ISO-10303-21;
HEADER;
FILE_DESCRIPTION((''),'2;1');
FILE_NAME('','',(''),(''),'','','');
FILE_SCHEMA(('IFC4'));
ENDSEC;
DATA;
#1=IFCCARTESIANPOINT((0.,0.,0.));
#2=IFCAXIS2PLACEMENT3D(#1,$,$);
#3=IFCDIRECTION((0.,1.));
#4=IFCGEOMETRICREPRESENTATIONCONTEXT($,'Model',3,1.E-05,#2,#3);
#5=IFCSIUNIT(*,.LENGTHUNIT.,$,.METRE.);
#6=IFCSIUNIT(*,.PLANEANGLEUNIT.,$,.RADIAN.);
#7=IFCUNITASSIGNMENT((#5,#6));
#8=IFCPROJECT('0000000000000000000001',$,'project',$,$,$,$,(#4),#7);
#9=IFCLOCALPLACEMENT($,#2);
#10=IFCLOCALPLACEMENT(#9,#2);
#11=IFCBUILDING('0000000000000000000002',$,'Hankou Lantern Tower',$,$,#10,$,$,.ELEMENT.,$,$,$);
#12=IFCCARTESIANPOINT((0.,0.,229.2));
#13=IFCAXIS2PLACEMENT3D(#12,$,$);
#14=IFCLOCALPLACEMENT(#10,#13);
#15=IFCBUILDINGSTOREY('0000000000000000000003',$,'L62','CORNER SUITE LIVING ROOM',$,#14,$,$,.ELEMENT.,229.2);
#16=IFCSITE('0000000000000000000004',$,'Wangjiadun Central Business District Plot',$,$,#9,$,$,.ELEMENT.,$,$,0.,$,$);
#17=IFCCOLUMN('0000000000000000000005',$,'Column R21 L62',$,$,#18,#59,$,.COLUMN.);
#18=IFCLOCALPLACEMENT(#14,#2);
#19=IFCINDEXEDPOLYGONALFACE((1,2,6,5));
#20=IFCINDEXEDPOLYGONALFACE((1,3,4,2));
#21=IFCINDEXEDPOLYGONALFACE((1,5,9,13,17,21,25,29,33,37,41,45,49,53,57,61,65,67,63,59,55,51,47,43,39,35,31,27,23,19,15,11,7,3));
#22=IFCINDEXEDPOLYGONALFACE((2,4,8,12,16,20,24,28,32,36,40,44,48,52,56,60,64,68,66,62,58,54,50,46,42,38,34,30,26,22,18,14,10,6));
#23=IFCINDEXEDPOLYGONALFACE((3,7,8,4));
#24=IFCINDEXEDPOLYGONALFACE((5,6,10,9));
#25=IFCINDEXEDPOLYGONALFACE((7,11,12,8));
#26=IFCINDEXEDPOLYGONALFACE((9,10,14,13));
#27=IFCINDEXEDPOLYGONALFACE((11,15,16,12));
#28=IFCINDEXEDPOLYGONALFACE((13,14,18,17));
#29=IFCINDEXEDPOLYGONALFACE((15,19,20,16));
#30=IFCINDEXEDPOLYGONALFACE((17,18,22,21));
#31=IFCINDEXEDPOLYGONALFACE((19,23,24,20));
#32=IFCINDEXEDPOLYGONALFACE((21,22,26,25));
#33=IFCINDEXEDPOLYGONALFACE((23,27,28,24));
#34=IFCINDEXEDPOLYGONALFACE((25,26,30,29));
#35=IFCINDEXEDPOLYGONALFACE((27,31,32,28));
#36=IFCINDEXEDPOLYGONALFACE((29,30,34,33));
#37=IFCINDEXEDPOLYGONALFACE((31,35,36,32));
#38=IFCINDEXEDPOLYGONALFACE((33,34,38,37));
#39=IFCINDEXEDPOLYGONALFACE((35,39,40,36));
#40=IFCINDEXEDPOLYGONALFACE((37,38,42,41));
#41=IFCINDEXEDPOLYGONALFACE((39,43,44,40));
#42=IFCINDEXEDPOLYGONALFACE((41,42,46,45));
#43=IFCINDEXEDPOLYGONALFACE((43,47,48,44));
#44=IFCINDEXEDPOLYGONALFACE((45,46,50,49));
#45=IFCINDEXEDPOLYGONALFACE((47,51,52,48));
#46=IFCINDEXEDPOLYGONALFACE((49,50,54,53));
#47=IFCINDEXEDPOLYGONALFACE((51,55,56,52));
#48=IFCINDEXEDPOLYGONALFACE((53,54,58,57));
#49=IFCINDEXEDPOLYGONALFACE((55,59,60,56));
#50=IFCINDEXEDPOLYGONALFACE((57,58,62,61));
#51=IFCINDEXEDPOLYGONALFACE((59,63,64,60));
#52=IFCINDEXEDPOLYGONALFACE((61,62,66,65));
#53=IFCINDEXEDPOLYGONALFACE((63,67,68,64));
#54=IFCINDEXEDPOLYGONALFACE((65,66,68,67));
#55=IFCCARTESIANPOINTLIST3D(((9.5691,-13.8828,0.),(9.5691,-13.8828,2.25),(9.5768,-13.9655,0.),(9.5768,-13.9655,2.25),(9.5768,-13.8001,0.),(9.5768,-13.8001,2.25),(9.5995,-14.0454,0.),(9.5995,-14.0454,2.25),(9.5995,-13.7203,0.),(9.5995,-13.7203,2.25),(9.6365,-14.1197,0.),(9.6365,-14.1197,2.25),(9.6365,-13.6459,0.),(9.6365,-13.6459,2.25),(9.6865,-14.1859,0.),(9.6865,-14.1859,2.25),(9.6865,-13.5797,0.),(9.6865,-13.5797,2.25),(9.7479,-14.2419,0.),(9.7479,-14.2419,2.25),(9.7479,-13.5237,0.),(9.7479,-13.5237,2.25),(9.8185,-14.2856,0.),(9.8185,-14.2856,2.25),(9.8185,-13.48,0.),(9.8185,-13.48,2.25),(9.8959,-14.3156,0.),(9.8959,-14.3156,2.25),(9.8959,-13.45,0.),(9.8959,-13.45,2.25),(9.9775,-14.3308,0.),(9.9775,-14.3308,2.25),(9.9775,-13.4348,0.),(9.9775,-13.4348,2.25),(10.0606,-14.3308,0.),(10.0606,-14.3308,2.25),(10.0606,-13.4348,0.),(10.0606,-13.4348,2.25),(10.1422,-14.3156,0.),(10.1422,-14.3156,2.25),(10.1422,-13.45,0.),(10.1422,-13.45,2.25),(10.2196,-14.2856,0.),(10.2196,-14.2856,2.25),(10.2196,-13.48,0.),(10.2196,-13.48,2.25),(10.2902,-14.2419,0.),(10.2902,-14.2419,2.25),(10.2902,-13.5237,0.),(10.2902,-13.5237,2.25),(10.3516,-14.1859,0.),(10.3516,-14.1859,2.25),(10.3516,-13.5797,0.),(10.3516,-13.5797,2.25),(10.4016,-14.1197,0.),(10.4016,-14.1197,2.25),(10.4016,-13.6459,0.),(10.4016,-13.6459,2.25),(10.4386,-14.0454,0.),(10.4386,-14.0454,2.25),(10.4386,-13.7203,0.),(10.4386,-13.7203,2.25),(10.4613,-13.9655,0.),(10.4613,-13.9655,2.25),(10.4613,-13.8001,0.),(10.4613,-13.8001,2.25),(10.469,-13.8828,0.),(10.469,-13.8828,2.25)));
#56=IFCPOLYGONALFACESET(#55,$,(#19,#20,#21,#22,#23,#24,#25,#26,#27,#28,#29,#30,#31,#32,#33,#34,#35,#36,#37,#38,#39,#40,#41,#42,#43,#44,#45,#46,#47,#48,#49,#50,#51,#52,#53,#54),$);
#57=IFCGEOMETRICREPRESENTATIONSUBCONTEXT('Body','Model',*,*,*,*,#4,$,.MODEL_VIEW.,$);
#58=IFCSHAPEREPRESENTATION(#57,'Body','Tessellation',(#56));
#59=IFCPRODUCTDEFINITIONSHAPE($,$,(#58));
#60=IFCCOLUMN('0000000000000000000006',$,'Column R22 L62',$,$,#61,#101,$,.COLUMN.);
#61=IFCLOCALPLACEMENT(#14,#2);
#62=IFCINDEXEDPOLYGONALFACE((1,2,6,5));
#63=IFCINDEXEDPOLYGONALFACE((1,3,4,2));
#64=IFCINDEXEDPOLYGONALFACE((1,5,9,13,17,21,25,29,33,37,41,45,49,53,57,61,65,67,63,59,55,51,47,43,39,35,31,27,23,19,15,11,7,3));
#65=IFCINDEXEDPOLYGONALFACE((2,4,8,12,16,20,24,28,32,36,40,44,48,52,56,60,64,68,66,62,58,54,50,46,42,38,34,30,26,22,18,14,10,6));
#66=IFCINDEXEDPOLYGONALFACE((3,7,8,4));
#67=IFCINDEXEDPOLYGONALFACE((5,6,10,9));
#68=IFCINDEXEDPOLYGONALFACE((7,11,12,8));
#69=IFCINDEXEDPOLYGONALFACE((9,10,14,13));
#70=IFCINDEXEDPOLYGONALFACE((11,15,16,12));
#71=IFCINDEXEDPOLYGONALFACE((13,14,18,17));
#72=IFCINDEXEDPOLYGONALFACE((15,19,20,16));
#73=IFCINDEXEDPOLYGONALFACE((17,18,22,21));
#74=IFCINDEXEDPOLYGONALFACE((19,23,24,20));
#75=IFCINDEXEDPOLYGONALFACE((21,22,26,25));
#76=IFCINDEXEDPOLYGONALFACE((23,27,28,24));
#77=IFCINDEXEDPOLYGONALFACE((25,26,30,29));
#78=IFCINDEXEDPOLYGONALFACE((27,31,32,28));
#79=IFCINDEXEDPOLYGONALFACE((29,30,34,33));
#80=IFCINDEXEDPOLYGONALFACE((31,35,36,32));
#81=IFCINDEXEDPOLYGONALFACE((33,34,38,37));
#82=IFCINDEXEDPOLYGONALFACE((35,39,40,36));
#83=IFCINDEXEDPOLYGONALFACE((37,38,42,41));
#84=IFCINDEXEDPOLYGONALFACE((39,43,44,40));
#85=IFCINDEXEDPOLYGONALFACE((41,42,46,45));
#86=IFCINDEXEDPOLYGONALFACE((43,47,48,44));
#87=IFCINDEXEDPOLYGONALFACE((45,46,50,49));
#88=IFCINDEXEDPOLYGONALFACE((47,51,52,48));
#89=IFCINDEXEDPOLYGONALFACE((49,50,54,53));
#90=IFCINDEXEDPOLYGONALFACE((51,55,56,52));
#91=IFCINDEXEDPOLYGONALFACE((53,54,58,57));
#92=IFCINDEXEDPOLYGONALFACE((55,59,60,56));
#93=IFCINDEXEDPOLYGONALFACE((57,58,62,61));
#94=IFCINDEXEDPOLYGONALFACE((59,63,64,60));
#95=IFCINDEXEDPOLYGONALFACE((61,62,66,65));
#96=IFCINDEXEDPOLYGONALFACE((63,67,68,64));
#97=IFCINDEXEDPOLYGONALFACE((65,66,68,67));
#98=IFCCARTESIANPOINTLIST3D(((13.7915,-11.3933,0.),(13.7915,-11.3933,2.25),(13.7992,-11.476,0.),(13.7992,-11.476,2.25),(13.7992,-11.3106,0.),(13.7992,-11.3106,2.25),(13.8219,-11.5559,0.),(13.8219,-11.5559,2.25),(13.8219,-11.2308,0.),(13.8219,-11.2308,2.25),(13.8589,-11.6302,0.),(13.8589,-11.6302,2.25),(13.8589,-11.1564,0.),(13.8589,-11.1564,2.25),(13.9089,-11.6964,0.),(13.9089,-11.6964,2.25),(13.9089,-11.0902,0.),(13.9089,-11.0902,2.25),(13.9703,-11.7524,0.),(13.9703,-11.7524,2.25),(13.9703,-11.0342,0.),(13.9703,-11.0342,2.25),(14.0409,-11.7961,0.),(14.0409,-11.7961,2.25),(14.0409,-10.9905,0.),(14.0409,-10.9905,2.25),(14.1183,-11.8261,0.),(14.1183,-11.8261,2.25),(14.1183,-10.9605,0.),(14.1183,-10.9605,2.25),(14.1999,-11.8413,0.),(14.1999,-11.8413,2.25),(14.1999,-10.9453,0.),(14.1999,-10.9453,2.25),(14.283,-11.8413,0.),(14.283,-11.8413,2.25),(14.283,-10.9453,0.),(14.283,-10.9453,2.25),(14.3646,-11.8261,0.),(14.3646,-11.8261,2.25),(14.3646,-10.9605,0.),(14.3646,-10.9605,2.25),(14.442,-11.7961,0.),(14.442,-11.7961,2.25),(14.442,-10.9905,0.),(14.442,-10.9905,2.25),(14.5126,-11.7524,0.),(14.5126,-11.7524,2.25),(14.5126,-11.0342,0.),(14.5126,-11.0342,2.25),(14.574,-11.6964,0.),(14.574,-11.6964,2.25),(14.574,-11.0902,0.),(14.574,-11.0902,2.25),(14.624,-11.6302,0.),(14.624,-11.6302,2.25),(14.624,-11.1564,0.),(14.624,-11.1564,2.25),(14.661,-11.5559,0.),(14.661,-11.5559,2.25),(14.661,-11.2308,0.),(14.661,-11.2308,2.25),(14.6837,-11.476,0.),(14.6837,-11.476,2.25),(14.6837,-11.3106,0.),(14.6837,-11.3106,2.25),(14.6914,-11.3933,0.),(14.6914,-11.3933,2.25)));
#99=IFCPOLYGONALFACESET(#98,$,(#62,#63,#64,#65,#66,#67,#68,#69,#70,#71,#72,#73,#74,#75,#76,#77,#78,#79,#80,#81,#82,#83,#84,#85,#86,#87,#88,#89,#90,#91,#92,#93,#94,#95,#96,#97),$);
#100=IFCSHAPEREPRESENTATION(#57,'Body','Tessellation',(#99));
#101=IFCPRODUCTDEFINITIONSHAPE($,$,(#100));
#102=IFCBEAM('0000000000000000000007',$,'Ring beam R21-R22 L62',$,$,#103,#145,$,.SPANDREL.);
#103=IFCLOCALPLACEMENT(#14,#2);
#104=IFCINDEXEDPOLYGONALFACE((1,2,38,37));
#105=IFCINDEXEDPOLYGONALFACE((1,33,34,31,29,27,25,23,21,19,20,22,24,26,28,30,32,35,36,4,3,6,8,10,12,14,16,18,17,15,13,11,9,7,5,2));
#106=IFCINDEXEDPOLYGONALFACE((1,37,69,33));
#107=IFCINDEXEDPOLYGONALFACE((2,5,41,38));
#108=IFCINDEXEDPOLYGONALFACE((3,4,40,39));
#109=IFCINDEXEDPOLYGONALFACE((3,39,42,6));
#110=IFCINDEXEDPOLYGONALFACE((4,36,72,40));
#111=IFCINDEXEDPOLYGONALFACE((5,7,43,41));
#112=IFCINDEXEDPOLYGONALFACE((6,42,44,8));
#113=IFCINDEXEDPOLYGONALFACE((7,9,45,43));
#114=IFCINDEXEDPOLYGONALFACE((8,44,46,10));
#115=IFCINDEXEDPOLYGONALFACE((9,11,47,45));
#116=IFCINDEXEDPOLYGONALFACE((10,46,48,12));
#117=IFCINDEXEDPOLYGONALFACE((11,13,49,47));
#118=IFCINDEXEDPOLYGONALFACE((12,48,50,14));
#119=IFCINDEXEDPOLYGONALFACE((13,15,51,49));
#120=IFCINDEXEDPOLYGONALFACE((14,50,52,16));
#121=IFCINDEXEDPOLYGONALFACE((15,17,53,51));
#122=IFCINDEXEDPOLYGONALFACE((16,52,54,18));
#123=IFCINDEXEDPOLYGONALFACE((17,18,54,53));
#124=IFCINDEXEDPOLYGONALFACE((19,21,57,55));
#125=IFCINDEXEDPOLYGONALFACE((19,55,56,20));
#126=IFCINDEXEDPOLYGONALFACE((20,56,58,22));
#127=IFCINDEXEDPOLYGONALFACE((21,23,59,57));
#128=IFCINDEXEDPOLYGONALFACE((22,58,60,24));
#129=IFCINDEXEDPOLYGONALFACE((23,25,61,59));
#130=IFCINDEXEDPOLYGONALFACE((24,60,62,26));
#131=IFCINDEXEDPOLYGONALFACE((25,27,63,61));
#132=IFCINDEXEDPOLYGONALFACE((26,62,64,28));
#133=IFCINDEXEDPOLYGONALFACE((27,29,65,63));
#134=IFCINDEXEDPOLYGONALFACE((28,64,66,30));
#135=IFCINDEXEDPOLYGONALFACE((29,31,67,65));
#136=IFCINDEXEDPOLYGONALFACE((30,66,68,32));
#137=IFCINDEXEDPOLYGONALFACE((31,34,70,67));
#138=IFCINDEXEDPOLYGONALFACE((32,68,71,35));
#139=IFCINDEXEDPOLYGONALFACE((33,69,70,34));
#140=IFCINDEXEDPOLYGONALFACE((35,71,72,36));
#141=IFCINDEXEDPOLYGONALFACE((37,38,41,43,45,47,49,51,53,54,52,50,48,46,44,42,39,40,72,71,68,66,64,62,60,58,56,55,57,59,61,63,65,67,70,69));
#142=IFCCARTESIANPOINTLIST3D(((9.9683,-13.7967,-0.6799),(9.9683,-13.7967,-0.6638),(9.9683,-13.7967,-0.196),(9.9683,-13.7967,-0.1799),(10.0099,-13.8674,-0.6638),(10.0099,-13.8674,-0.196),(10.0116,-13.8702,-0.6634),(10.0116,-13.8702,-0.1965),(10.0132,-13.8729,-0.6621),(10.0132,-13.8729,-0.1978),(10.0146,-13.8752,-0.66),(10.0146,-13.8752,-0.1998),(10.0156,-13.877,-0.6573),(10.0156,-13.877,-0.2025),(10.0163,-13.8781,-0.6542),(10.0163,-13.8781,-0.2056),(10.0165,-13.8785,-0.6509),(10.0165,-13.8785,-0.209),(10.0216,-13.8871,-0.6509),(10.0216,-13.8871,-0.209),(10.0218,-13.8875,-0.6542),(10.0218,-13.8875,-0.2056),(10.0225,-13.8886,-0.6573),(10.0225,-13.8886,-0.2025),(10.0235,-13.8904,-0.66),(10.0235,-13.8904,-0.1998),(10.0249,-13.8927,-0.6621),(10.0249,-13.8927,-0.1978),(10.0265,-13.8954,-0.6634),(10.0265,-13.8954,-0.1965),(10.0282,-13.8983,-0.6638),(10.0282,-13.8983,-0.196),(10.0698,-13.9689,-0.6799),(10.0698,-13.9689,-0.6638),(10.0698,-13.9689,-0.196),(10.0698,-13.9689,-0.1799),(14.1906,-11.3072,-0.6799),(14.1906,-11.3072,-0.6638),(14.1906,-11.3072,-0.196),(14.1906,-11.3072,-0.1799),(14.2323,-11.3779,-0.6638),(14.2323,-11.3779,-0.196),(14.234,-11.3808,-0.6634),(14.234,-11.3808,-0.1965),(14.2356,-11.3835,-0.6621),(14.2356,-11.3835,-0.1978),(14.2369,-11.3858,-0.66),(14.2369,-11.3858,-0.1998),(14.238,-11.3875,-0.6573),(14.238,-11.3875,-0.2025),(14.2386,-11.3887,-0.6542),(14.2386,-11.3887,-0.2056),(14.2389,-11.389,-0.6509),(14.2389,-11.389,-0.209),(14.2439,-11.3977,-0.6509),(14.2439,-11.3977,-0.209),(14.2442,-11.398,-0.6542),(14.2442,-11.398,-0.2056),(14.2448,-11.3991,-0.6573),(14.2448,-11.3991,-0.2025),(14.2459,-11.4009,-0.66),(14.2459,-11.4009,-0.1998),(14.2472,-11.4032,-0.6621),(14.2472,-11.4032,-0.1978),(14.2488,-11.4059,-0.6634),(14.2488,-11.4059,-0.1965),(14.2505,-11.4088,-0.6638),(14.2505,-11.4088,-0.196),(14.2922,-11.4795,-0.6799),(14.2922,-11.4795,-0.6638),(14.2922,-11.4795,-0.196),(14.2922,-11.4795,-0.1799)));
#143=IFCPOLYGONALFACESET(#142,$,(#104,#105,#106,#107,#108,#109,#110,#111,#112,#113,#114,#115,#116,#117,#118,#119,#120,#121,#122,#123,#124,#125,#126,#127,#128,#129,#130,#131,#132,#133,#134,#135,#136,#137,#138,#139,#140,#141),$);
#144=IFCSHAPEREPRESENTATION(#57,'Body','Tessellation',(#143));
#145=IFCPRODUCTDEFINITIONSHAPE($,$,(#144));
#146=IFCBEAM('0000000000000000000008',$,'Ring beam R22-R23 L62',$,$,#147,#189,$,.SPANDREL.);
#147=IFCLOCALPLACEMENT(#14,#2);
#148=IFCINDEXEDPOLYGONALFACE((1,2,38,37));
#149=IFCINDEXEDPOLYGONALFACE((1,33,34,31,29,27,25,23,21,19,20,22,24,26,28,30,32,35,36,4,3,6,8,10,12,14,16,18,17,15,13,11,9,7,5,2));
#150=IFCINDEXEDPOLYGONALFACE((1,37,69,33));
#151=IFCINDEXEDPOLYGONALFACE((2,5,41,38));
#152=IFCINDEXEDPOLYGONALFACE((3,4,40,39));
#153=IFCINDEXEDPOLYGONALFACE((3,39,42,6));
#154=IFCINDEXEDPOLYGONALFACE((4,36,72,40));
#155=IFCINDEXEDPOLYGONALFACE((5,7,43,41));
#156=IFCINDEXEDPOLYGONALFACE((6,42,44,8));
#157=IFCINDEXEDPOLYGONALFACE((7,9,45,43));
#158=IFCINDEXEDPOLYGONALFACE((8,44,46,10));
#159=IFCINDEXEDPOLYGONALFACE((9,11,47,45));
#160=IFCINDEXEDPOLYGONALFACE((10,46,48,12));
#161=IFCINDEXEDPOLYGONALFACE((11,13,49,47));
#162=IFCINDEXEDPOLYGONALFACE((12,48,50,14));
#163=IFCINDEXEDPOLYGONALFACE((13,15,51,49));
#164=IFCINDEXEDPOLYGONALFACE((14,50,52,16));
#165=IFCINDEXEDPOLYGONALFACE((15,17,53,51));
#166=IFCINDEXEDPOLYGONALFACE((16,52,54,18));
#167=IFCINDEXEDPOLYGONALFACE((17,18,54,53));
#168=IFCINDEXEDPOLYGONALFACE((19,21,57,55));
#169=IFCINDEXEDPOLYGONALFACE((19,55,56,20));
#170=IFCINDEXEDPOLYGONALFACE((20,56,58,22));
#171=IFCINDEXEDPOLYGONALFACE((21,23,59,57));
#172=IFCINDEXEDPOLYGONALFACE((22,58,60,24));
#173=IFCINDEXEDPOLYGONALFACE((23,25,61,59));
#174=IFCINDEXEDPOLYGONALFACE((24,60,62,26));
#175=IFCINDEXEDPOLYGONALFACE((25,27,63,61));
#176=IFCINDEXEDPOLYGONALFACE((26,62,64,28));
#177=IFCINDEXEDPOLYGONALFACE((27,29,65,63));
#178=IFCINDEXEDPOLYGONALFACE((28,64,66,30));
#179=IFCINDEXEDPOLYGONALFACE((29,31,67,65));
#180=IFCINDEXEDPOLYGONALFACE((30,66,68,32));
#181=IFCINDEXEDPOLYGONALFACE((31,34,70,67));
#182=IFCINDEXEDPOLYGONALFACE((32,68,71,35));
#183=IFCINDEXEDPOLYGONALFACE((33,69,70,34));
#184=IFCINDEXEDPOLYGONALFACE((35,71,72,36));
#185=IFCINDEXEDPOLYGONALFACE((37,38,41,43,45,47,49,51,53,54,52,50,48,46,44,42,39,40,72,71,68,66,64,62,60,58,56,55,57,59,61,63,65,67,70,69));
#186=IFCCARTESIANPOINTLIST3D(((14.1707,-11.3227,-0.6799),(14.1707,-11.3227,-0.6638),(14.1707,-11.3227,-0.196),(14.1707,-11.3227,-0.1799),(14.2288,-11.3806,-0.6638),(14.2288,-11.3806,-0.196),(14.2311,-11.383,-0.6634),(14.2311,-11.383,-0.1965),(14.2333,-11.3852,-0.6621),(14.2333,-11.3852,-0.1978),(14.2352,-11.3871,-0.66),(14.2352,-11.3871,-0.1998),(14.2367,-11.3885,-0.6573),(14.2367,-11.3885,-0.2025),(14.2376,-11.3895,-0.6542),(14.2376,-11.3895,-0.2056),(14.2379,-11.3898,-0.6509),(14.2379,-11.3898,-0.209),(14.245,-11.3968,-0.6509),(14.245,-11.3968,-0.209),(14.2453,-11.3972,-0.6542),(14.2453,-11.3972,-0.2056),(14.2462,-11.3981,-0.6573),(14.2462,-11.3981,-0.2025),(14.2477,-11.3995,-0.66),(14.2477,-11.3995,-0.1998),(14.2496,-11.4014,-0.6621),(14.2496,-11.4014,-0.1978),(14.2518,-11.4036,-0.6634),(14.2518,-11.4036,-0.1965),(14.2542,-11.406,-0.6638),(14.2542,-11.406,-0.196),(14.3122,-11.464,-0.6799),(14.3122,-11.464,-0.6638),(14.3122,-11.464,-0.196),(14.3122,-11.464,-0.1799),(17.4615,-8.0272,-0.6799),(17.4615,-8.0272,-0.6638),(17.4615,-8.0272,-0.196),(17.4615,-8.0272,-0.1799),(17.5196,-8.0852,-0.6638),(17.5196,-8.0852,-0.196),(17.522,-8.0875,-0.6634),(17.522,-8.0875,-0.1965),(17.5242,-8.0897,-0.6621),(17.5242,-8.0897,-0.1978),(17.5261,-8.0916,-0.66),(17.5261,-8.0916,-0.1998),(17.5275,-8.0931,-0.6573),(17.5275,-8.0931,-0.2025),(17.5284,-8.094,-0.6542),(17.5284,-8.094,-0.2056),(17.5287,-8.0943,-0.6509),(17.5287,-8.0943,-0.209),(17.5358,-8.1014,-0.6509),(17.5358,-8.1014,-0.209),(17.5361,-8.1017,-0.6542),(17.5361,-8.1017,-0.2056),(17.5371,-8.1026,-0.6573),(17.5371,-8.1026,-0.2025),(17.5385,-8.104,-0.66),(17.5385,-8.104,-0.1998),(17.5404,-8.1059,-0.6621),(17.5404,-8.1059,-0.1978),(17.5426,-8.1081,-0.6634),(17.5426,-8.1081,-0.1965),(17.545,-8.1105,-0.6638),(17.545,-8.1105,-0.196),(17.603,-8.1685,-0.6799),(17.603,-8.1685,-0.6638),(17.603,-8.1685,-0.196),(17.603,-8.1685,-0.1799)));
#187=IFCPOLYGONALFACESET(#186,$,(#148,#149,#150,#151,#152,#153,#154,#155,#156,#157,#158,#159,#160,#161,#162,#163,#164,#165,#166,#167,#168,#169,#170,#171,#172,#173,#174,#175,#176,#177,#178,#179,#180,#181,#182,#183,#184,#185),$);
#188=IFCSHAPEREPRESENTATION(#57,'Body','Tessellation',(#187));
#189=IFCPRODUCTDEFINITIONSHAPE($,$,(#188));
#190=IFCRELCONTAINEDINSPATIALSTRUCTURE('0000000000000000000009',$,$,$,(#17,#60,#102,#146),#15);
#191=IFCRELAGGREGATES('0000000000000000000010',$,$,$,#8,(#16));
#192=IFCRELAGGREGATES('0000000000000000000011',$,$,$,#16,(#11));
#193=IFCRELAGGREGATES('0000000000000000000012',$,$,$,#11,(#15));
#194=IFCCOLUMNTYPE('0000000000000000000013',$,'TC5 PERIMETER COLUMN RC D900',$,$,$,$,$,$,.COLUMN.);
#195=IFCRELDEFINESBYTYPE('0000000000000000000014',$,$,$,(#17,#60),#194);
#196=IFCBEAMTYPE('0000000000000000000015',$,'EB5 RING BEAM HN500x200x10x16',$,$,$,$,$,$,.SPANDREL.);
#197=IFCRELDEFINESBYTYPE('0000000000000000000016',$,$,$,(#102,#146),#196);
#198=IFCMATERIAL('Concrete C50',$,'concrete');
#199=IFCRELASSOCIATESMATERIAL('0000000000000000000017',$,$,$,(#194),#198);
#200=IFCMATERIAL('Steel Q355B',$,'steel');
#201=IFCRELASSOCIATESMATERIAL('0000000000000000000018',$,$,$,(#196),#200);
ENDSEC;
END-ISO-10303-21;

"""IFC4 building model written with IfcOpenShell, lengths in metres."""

from ifc_helpers import new_model, si_unit, direction, frame, origin, origin_2d, place, context, subcontext, project, spatial, circle, i_section, extrude, clip, halfspace, material, material_profile, profile_set, type_object, element, save


model = new_model("IFC4")

# Units and contexts
model_context = context("Model", 3, precision=1e-05, world=origin(), true_north=direction((0.0, 1.0)))
body_context = subcontext(model_context, "Body", "Model", "MODEL_VIEW")
ifc_project = project(units=[si_unit("LENGTHUNIT", "METRE"), si_unit("PLANEANGLEUNIT", "RADIAN")], contexts=[model_context])

# Site, building, storey
site_placement = place(None, origin())
site = spatial("IfcSite", under=ifc_project, at=site_placement, Name="Wangjiadun Central Business District Plot", CompositionType="ELEMENT", RefElevation=0.0)
building_placement = place(site_placement, origin())
building = spatial("IfcBuilding", under=site, at=building_placement, Name="Hankou Lantern Tower", CompositionType="ELEMENT")
storey_placement = place(building_placement, frame((0.0, 0.0, 229.2)))
storey = spatial("IfcBuildingStorey", under=building, at=storey_placement, Name="L62", Description="CORNER SUITE LIVING ROOM", CompositionType="ELEMENT", Elevation=229.2)

# Columns
ifc_material_1 = material(Name="Concrete C50", Category="concrete")
ifc_material_profile_1 = material_profile(ifc_material_1, circle(Radius=0.45, at=origin_2d()), Name="RC D900")
ifc_profile_set_1 = profile_set([ifc_material_profile_1], Name="Concrete C50")
column_type = type_object("IfcColumnType", Name="TC5 PERIMETER COLUMN RC D900", PredefinedType="COLUMN", material=ifc_profile_set_1)
for number, where, z_axis, x_axis, name in (
    (1, (10.019, -13.8828, 0.0), (0.0, 0.0, 1.0), (1.0, 0.0, 0.0), "Column R21 L62"),
    (2, (14.2415, -11.3933, 0.0), (0.0, 0.0, 1.0), (1.0, 0.0, 0.0), "Column R22 L62"),
):
    element("IfcColumn", number, at=place(storey_placement, frame(where, z_axis=z_axis, x_axis=x_axis)), inside=storey, type_object=column_type, Name=name, PredefinedType="COLUMN", context=body_context, shape_type="Clipping", body=[
        clip(extrude(circle(Radius=0.45, at=origin_2d()), origin(), (0.0, 0.0, 1.0), 3.3), halfspace(frame((0.0, 0.0, 2.25), z_axis=(0.0, 0.0, 1.0), x_axis=(1.0, 0.0, 0.0)), False)),
    ])

# Beams
ifc_material_2 = material(Name="Steel Q355B", Category="steel")
ifc_material_profile_2 = material_profile(ifc_material_2, i_section(OverallWidth=0.2, OverallDepth=0.5, WebThickness=0.01, FlangeThickness=0.0161, FilletRadius=0.0129, at=origin_2d()), Name="HN500x200x10x16")
ifc_profile_set_2 = profile_set([ifc_material_profile_2], Name="Steel Q355B")
beam_type_1 = type_object("IfcBeamType", Name="EB5 RING BEAM HN500x200x10x16", PredefinedType="SPANDREL", material=ifc_profile_set_2)
beam_1_placement = place(storey_placement, frame((10.019, -13.8828, -0.4299), z_axis=(0.861423, 0.507888, 0.0), x_axis=(-0.507888, 0.861423, 0.0)))
element("IfcBeam", 3, at=beam_1_placement, inside=storey, type_object=beam_type_1, Name="Ring beam R21-R22 L62", PredefinedType="SPANDREL", context=body_context, shape_type="SweptSolid", body=[
    extrude(i_section(OverallWidth=0.2, OverallDepth=0.5, WebThickness=0.01, FlangeThickness=0.0161, FilletRadius=0.0129, at=origin_2d()), origin(), (0.0, 0.0, 1.0), 4.9016),
])
beam_2_placement = place(storey_placement, frame((14.2415, -11.3933, -0.4299), z_axis=(0.706609, 0.707605, 0.0), x_axis=(-0.707605, 0.706609, 0.0)))
element("IfcBeam", 4, at=beam_2_placement, inside=storey, type_object=beam_type_1, Name="Ring beam R22-R23 L62", PredefinedType="SPANDREL", context=body_context, shape_type="SweptSolid", body=[
    extrude(i_section(OverallWidth=0.2, OverallDepth=0.5, WebThickness=0.01, FlangeThickness=0.0161, FilletRadius=0.0129, at=origin_2d()), origin(), (0.0, 0.0, 1.0), 4.6572),
])

save(model, "model.ifc")
